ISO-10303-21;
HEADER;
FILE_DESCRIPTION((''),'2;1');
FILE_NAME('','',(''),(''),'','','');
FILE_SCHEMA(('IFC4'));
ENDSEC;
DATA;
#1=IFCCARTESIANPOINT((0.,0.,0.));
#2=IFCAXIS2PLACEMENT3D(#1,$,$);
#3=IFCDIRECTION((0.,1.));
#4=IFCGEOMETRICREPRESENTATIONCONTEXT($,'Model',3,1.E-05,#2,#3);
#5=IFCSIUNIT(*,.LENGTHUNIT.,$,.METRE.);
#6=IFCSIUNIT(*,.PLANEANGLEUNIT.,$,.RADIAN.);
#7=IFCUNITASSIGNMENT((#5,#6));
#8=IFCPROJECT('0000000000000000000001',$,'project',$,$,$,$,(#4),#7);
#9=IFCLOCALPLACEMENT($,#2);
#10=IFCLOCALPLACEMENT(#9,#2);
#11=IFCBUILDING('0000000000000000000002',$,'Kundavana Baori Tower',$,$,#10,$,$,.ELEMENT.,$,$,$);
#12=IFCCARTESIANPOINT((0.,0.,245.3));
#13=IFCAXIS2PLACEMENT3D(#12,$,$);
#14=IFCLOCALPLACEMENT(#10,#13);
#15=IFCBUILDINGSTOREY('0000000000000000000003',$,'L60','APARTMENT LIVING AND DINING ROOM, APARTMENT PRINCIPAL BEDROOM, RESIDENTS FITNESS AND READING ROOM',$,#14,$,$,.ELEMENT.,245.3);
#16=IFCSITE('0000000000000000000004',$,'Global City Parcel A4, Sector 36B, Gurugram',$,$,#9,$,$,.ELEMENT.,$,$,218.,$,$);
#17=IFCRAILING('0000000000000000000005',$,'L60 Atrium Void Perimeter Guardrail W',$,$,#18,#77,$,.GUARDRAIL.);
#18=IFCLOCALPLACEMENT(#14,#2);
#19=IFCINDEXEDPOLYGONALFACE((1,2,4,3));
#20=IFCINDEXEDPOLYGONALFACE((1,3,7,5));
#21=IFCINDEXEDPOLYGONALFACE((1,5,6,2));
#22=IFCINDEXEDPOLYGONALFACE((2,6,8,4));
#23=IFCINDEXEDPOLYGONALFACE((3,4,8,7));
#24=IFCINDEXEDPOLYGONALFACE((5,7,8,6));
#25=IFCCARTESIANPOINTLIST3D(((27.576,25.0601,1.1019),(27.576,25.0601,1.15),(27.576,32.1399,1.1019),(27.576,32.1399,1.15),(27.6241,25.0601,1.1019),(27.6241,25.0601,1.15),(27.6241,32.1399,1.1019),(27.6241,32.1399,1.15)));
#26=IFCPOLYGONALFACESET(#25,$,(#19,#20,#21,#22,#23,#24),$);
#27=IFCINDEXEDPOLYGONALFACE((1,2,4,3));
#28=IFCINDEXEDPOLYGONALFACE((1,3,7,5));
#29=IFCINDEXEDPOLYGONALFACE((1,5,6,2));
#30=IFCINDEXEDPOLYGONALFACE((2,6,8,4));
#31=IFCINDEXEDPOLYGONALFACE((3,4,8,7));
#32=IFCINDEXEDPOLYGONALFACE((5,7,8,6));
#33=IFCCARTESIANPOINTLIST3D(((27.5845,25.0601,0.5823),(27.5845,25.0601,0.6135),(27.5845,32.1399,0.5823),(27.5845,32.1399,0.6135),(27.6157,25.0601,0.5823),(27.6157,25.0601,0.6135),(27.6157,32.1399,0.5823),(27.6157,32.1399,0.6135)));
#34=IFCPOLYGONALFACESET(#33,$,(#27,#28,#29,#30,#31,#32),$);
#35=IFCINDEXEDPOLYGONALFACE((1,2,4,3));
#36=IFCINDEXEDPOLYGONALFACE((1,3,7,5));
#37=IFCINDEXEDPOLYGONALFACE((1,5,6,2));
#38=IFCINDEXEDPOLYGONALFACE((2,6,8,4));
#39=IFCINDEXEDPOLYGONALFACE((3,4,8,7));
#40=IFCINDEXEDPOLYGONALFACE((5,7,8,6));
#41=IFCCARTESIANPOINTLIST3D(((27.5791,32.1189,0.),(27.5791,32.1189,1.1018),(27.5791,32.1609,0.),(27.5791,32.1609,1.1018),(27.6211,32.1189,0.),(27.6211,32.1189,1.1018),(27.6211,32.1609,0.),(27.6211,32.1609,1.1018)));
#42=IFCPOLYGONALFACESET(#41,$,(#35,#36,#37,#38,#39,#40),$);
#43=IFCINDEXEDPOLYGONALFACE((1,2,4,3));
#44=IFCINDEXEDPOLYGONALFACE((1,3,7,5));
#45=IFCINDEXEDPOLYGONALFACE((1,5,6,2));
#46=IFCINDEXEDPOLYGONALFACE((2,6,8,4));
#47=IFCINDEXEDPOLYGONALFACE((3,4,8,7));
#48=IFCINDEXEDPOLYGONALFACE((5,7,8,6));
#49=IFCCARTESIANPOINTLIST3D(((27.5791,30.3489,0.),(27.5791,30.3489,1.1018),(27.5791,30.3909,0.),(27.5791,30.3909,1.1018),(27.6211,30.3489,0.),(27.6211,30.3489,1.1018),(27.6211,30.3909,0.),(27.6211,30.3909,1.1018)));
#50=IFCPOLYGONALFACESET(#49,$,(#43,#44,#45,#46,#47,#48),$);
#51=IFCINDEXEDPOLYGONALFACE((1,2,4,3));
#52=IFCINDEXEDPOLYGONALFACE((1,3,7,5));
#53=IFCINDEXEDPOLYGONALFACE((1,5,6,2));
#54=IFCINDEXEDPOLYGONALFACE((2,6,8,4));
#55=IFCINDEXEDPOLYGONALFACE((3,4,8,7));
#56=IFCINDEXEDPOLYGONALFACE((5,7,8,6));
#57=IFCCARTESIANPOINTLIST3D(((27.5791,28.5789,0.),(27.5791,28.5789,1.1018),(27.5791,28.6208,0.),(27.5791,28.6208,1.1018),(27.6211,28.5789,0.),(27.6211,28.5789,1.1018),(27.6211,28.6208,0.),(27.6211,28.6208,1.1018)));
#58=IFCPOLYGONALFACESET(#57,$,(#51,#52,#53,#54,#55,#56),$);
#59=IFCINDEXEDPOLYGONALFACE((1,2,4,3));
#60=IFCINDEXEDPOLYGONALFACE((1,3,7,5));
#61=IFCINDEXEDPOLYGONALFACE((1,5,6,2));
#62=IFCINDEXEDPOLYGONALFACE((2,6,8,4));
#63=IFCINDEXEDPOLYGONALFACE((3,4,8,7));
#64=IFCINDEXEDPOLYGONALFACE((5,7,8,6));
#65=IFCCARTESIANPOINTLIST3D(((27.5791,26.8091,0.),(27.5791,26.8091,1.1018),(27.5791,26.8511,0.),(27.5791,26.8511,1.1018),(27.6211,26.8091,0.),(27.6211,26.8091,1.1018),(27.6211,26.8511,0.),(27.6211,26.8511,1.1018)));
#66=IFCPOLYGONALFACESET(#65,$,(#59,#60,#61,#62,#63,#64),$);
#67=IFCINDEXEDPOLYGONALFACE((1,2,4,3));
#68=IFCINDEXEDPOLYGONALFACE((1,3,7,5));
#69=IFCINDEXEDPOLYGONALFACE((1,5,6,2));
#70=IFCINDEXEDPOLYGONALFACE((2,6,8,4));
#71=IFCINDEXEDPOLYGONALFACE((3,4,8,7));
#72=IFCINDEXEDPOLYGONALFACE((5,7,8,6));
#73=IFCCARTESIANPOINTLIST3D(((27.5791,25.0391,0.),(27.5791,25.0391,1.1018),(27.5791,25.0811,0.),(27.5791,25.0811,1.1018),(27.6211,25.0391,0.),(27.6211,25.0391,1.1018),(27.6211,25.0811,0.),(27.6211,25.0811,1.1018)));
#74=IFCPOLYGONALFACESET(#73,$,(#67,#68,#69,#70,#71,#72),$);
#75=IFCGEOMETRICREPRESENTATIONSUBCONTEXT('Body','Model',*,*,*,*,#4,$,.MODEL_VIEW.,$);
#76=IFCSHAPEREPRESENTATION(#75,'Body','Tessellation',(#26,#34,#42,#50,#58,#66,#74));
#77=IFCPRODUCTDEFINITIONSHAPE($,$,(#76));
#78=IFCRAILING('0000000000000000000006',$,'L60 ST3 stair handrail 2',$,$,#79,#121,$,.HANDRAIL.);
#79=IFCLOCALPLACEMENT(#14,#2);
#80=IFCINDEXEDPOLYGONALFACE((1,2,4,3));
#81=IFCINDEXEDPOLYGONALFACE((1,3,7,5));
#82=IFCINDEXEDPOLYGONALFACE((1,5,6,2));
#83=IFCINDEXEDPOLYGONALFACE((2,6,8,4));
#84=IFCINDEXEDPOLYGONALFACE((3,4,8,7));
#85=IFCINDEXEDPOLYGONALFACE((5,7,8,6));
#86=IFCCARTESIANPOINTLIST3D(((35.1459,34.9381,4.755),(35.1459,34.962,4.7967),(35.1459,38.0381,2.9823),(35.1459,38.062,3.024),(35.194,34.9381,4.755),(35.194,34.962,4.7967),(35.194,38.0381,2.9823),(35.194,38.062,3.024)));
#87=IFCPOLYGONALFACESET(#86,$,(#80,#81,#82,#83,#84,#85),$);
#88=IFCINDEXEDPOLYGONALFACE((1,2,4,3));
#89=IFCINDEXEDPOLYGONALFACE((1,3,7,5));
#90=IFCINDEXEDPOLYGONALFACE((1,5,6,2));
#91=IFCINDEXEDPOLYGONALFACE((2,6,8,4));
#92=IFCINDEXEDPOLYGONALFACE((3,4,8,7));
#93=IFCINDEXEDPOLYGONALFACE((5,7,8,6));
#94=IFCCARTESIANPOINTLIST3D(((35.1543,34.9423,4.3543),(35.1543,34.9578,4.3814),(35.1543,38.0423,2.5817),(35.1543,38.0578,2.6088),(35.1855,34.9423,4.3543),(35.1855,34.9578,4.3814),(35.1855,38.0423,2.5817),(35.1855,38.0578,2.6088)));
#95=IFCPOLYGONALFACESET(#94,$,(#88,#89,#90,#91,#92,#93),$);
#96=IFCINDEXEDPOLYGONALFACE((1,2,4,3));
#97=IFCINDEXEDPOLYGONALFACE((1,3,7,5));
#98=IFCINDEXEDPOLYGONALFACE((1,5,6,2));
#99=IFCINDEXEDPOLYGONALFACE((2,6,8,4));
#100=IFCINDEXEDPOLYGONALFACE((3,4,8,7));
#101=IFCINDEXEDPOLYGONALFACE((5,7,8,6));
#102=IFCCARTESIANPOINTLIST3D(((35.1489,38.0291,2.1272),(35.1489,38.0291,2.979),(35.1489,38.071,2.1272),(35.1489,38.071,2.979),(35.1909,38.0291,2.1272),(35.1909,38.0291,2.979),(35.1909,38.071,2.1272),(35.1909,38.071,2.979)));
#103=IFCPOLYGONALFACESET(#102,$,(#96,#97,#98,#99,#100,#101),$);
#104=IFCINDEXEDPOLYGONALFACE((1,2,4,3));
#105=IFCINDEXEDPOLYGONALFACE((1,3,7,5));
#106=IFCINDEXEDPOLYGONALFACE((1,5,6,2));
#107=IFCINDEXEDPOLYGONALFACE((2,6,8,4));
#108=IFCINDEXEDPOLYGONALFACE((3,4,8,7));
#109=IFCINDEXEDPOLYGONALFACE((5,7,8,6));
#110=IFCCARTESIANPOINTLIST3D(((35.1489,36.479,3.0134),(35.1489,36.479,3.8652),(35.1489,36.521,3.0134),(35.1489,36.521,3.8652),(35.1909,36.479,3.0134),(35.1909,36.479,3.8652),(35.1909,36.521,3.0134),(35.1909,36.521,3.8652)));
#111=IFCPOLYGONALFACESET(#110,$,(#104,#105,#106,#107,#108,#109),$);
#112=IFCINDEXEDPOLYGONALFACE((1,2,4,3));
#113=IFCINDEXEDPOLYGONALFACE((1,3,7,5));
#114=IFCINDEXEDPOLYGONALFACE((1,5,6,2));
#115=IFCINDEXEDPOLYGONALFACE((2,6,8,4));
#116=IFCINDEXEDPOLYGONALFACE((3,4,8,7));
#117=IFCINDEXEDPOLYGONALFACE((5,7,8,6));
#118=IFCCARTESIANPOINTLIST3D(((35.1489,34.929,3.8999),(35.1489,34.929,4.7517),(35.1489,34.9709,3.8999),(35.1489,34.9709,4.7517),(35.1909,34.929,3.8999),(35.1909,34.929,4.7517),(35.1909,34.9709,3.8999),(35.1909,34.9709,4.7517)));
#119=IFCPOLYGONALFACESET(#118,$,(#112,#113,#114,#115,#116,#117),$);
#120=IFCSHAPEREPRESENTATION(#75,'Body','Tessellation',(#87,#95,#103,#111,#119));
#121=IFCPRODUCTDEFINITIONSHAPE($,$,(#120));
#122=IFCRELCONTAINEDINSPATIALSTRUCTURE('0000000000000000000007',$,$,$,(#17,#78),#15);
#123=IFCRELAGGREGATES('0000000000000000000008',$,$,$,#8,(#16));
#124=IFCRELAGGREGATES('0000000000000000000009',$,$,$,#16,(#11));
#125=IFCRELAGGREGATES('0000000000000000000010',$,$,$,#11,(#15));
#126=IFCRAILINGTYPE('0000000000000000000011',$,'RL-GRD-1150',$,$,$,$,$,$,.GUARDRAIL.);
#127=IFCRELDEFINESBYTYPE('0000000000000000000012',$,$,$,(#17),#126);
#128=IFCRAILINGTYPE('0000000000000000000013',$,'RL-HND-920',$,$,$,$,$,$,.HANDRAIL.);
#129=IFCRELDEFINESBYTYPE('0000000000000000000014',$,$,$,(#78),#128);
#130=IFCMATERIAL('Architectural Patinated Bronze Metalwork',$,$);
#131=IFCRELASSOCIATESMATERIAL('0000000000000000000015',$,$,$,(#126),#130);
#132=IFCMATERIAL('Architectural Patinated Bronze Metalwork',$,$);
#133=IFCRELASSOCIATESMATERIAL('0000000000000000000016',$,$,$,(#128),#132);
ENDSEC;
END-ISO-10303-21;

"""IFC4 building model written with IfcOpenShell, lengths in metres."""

from ifc_helpers import new_model, si_unit, direction, frame, origin, origin_2d, place, context, subcontext, project, spatial, rectangle, extrude, material, type_object, element, save


model = new_model("IFC4")

# Units and contexts
model_context = context("Model", 3, precision=1e-05, world=origin(), true_north=direction((0.0, 1.0)))
body_context = subcontext(model_context, "Body", "Model", "MODEL_VIEW")
ifc_project = project(units=[si_unit("LENGTHUNIT", "METRE"), si_unit("PLANEANGLEUNIT", "RADIAN")], contexts=[model_context])

# Site, building, storey
site_placement = place(None, origin())
site = spatial("IfcSite", under=ifc_project, at=site_placement, Name="Global City Parcel A4, Sector 36B, Gurugram", CompositionType="ELEMENT", RefElevation=218.0)
building_placement = place(site_placement, origin())
building = spatial("IfcBuilding", under=site, at=building_placement, Name="Kundavana Baori Tower", CompositionType="ELEMENT")
storey_placement = place(building_placement, frame((0.0, 0.0, 245.3)))
storey = spatial("IfcBuildingStorey", under=building, at=storey_placement, Name="L60", Description="APARTMENT LIVING AND DINING ROOM, APARTMENT PRINCIPAL BEDROOM, RESIDENTS FITNESS AND READING ROOM", CompositionType="ELEMENT", Elevation=245.3)

# Railings
ifc_material_1 = material(Name="Architectural Patinated Bronze Metalwork")
railing_type_1 = type_object("IfcRailingType", Name="RL-GRD-1150", PredefinedType="GUARDRAIL", material=ifc_material_1)
railing_1_placement = place(storey_placement, frame((27.6001, 32.1399, 0.0)))
element("IfcRailing", 1, at=railing_1_placement, inside=storey, type_object=railing_type_1, Name="L60 Atrium Void Perimeter Guardrail W", PredefinedType="GUARDRAIL", context=body_context, shape_type="SweptSolid", body=[
    extrude(rectangle(XDim=0.0481, YDim=0.0481, at=origin_2d()), frame((0.0, 0.0, 1.126), z_axis=(0.0, -1.0, 0.0), x_axis=(1.0, 0.0, 0.0)), (0.0, 0.0, 1.0), 7.0798),
    extrude(rectangle(XDim=0.0312, YDim=0.0312, at=origin_2d()), frame((0.0, 0.0, 0.5979), z_axis=(0.0, -1.0, 0.0), x_axis=(1.0, 0.0, 0.0)), (0.0, 0.0, 1.0), 7.0798),
    extrude(rectangle(XDim=0.042, YDim=0.042, at=origin_2d()), origin(), (0.0, 0.0, 1.0), 1.1018),
    extrude(rectangle(XDim=0.042, YDim=0.042, at=origin_2d()), frame((0.0, -1.77, 0.0)), (0.0, 0.0, 1.0), 1.1018),
    extrude(rectangle(XDim=0.042, YDim=0.042, at=origin_2d()), frame((0.0, -3.54, 0.0)), (0.0, 0.0, 1.0), 1.1018),
    extrude(rectangle(XDim=0.042, YDim=0.042, at=origin_2d()), frame((0.0, -5.3098, 0.0)), (0.0, 0.0, 1.0), 1.1018),
    extrude(rectangle(XDim=0.042, YDim=0.042, at=origin_2d()), frame((0.0, -7.0798, 0.0)), (0.0, 0.0, 1.0), 1.1018),
])
ifc_material_2 = material(Name="Architectural Patinated Bronze Metalwork")
railing_type_2 = type_object("IfcRailingType", Name="RL-HND-920", PredefinedType="HANDRAIL", material=ifc_material_2)
railing_2_placement = place(storey_placement, frame((35.1699, 38.05, 2.1272)))
element("IfcRailing", 2, at=railing_2_placement, inside=storey, type_object=railing_type_2, Name="L60 ST3 stair handrail 2", PredefinedType="HANDRAIL", context=body_context, shape_type="SweptSolid", body=[
    extrude(rectangle(XDim=0.0481, YDim=0.0481, at=origin_2d()), frame((0.0, 0.0, 0.876), z_axis=(0.0, -0.868096, 0.496397), x_axis=(1.0, 0.0, 0.0)), (0.0, 0.0, 1.0), 3.571),
    extrude(rectangle(XDim=0.0312, YDim=0.0312, at=origin_2d()), frame((0.0, 0.0, 0.468), z_axis=(0.0, -0.868096, 0.496397), x_axis=(1.0, 0.0, 0.0)), (0.0, 0.0, 1.0), 3.571),
    extrude(rectangle(XDim=0.042, YDim=0.042, at=origin_2d()), origin(), (0.0, 0.0, 1.0), 0.8518),
    extrude(rectangle(XDim=0.042, YDim=0.042, at=origin_2d()), frame((0.0, -1.55, 0.8862)), (0.0, 0.0, 1.0), 0.8518),
    extrude(rectangle(XDim=0.042, YDim=0.042, at=origin_2d()), frame((0.0, -3.1001, 1.7727)), (0.0, 0.0, 1.0), 0.8518),
])

save(model, "model.ifc")
